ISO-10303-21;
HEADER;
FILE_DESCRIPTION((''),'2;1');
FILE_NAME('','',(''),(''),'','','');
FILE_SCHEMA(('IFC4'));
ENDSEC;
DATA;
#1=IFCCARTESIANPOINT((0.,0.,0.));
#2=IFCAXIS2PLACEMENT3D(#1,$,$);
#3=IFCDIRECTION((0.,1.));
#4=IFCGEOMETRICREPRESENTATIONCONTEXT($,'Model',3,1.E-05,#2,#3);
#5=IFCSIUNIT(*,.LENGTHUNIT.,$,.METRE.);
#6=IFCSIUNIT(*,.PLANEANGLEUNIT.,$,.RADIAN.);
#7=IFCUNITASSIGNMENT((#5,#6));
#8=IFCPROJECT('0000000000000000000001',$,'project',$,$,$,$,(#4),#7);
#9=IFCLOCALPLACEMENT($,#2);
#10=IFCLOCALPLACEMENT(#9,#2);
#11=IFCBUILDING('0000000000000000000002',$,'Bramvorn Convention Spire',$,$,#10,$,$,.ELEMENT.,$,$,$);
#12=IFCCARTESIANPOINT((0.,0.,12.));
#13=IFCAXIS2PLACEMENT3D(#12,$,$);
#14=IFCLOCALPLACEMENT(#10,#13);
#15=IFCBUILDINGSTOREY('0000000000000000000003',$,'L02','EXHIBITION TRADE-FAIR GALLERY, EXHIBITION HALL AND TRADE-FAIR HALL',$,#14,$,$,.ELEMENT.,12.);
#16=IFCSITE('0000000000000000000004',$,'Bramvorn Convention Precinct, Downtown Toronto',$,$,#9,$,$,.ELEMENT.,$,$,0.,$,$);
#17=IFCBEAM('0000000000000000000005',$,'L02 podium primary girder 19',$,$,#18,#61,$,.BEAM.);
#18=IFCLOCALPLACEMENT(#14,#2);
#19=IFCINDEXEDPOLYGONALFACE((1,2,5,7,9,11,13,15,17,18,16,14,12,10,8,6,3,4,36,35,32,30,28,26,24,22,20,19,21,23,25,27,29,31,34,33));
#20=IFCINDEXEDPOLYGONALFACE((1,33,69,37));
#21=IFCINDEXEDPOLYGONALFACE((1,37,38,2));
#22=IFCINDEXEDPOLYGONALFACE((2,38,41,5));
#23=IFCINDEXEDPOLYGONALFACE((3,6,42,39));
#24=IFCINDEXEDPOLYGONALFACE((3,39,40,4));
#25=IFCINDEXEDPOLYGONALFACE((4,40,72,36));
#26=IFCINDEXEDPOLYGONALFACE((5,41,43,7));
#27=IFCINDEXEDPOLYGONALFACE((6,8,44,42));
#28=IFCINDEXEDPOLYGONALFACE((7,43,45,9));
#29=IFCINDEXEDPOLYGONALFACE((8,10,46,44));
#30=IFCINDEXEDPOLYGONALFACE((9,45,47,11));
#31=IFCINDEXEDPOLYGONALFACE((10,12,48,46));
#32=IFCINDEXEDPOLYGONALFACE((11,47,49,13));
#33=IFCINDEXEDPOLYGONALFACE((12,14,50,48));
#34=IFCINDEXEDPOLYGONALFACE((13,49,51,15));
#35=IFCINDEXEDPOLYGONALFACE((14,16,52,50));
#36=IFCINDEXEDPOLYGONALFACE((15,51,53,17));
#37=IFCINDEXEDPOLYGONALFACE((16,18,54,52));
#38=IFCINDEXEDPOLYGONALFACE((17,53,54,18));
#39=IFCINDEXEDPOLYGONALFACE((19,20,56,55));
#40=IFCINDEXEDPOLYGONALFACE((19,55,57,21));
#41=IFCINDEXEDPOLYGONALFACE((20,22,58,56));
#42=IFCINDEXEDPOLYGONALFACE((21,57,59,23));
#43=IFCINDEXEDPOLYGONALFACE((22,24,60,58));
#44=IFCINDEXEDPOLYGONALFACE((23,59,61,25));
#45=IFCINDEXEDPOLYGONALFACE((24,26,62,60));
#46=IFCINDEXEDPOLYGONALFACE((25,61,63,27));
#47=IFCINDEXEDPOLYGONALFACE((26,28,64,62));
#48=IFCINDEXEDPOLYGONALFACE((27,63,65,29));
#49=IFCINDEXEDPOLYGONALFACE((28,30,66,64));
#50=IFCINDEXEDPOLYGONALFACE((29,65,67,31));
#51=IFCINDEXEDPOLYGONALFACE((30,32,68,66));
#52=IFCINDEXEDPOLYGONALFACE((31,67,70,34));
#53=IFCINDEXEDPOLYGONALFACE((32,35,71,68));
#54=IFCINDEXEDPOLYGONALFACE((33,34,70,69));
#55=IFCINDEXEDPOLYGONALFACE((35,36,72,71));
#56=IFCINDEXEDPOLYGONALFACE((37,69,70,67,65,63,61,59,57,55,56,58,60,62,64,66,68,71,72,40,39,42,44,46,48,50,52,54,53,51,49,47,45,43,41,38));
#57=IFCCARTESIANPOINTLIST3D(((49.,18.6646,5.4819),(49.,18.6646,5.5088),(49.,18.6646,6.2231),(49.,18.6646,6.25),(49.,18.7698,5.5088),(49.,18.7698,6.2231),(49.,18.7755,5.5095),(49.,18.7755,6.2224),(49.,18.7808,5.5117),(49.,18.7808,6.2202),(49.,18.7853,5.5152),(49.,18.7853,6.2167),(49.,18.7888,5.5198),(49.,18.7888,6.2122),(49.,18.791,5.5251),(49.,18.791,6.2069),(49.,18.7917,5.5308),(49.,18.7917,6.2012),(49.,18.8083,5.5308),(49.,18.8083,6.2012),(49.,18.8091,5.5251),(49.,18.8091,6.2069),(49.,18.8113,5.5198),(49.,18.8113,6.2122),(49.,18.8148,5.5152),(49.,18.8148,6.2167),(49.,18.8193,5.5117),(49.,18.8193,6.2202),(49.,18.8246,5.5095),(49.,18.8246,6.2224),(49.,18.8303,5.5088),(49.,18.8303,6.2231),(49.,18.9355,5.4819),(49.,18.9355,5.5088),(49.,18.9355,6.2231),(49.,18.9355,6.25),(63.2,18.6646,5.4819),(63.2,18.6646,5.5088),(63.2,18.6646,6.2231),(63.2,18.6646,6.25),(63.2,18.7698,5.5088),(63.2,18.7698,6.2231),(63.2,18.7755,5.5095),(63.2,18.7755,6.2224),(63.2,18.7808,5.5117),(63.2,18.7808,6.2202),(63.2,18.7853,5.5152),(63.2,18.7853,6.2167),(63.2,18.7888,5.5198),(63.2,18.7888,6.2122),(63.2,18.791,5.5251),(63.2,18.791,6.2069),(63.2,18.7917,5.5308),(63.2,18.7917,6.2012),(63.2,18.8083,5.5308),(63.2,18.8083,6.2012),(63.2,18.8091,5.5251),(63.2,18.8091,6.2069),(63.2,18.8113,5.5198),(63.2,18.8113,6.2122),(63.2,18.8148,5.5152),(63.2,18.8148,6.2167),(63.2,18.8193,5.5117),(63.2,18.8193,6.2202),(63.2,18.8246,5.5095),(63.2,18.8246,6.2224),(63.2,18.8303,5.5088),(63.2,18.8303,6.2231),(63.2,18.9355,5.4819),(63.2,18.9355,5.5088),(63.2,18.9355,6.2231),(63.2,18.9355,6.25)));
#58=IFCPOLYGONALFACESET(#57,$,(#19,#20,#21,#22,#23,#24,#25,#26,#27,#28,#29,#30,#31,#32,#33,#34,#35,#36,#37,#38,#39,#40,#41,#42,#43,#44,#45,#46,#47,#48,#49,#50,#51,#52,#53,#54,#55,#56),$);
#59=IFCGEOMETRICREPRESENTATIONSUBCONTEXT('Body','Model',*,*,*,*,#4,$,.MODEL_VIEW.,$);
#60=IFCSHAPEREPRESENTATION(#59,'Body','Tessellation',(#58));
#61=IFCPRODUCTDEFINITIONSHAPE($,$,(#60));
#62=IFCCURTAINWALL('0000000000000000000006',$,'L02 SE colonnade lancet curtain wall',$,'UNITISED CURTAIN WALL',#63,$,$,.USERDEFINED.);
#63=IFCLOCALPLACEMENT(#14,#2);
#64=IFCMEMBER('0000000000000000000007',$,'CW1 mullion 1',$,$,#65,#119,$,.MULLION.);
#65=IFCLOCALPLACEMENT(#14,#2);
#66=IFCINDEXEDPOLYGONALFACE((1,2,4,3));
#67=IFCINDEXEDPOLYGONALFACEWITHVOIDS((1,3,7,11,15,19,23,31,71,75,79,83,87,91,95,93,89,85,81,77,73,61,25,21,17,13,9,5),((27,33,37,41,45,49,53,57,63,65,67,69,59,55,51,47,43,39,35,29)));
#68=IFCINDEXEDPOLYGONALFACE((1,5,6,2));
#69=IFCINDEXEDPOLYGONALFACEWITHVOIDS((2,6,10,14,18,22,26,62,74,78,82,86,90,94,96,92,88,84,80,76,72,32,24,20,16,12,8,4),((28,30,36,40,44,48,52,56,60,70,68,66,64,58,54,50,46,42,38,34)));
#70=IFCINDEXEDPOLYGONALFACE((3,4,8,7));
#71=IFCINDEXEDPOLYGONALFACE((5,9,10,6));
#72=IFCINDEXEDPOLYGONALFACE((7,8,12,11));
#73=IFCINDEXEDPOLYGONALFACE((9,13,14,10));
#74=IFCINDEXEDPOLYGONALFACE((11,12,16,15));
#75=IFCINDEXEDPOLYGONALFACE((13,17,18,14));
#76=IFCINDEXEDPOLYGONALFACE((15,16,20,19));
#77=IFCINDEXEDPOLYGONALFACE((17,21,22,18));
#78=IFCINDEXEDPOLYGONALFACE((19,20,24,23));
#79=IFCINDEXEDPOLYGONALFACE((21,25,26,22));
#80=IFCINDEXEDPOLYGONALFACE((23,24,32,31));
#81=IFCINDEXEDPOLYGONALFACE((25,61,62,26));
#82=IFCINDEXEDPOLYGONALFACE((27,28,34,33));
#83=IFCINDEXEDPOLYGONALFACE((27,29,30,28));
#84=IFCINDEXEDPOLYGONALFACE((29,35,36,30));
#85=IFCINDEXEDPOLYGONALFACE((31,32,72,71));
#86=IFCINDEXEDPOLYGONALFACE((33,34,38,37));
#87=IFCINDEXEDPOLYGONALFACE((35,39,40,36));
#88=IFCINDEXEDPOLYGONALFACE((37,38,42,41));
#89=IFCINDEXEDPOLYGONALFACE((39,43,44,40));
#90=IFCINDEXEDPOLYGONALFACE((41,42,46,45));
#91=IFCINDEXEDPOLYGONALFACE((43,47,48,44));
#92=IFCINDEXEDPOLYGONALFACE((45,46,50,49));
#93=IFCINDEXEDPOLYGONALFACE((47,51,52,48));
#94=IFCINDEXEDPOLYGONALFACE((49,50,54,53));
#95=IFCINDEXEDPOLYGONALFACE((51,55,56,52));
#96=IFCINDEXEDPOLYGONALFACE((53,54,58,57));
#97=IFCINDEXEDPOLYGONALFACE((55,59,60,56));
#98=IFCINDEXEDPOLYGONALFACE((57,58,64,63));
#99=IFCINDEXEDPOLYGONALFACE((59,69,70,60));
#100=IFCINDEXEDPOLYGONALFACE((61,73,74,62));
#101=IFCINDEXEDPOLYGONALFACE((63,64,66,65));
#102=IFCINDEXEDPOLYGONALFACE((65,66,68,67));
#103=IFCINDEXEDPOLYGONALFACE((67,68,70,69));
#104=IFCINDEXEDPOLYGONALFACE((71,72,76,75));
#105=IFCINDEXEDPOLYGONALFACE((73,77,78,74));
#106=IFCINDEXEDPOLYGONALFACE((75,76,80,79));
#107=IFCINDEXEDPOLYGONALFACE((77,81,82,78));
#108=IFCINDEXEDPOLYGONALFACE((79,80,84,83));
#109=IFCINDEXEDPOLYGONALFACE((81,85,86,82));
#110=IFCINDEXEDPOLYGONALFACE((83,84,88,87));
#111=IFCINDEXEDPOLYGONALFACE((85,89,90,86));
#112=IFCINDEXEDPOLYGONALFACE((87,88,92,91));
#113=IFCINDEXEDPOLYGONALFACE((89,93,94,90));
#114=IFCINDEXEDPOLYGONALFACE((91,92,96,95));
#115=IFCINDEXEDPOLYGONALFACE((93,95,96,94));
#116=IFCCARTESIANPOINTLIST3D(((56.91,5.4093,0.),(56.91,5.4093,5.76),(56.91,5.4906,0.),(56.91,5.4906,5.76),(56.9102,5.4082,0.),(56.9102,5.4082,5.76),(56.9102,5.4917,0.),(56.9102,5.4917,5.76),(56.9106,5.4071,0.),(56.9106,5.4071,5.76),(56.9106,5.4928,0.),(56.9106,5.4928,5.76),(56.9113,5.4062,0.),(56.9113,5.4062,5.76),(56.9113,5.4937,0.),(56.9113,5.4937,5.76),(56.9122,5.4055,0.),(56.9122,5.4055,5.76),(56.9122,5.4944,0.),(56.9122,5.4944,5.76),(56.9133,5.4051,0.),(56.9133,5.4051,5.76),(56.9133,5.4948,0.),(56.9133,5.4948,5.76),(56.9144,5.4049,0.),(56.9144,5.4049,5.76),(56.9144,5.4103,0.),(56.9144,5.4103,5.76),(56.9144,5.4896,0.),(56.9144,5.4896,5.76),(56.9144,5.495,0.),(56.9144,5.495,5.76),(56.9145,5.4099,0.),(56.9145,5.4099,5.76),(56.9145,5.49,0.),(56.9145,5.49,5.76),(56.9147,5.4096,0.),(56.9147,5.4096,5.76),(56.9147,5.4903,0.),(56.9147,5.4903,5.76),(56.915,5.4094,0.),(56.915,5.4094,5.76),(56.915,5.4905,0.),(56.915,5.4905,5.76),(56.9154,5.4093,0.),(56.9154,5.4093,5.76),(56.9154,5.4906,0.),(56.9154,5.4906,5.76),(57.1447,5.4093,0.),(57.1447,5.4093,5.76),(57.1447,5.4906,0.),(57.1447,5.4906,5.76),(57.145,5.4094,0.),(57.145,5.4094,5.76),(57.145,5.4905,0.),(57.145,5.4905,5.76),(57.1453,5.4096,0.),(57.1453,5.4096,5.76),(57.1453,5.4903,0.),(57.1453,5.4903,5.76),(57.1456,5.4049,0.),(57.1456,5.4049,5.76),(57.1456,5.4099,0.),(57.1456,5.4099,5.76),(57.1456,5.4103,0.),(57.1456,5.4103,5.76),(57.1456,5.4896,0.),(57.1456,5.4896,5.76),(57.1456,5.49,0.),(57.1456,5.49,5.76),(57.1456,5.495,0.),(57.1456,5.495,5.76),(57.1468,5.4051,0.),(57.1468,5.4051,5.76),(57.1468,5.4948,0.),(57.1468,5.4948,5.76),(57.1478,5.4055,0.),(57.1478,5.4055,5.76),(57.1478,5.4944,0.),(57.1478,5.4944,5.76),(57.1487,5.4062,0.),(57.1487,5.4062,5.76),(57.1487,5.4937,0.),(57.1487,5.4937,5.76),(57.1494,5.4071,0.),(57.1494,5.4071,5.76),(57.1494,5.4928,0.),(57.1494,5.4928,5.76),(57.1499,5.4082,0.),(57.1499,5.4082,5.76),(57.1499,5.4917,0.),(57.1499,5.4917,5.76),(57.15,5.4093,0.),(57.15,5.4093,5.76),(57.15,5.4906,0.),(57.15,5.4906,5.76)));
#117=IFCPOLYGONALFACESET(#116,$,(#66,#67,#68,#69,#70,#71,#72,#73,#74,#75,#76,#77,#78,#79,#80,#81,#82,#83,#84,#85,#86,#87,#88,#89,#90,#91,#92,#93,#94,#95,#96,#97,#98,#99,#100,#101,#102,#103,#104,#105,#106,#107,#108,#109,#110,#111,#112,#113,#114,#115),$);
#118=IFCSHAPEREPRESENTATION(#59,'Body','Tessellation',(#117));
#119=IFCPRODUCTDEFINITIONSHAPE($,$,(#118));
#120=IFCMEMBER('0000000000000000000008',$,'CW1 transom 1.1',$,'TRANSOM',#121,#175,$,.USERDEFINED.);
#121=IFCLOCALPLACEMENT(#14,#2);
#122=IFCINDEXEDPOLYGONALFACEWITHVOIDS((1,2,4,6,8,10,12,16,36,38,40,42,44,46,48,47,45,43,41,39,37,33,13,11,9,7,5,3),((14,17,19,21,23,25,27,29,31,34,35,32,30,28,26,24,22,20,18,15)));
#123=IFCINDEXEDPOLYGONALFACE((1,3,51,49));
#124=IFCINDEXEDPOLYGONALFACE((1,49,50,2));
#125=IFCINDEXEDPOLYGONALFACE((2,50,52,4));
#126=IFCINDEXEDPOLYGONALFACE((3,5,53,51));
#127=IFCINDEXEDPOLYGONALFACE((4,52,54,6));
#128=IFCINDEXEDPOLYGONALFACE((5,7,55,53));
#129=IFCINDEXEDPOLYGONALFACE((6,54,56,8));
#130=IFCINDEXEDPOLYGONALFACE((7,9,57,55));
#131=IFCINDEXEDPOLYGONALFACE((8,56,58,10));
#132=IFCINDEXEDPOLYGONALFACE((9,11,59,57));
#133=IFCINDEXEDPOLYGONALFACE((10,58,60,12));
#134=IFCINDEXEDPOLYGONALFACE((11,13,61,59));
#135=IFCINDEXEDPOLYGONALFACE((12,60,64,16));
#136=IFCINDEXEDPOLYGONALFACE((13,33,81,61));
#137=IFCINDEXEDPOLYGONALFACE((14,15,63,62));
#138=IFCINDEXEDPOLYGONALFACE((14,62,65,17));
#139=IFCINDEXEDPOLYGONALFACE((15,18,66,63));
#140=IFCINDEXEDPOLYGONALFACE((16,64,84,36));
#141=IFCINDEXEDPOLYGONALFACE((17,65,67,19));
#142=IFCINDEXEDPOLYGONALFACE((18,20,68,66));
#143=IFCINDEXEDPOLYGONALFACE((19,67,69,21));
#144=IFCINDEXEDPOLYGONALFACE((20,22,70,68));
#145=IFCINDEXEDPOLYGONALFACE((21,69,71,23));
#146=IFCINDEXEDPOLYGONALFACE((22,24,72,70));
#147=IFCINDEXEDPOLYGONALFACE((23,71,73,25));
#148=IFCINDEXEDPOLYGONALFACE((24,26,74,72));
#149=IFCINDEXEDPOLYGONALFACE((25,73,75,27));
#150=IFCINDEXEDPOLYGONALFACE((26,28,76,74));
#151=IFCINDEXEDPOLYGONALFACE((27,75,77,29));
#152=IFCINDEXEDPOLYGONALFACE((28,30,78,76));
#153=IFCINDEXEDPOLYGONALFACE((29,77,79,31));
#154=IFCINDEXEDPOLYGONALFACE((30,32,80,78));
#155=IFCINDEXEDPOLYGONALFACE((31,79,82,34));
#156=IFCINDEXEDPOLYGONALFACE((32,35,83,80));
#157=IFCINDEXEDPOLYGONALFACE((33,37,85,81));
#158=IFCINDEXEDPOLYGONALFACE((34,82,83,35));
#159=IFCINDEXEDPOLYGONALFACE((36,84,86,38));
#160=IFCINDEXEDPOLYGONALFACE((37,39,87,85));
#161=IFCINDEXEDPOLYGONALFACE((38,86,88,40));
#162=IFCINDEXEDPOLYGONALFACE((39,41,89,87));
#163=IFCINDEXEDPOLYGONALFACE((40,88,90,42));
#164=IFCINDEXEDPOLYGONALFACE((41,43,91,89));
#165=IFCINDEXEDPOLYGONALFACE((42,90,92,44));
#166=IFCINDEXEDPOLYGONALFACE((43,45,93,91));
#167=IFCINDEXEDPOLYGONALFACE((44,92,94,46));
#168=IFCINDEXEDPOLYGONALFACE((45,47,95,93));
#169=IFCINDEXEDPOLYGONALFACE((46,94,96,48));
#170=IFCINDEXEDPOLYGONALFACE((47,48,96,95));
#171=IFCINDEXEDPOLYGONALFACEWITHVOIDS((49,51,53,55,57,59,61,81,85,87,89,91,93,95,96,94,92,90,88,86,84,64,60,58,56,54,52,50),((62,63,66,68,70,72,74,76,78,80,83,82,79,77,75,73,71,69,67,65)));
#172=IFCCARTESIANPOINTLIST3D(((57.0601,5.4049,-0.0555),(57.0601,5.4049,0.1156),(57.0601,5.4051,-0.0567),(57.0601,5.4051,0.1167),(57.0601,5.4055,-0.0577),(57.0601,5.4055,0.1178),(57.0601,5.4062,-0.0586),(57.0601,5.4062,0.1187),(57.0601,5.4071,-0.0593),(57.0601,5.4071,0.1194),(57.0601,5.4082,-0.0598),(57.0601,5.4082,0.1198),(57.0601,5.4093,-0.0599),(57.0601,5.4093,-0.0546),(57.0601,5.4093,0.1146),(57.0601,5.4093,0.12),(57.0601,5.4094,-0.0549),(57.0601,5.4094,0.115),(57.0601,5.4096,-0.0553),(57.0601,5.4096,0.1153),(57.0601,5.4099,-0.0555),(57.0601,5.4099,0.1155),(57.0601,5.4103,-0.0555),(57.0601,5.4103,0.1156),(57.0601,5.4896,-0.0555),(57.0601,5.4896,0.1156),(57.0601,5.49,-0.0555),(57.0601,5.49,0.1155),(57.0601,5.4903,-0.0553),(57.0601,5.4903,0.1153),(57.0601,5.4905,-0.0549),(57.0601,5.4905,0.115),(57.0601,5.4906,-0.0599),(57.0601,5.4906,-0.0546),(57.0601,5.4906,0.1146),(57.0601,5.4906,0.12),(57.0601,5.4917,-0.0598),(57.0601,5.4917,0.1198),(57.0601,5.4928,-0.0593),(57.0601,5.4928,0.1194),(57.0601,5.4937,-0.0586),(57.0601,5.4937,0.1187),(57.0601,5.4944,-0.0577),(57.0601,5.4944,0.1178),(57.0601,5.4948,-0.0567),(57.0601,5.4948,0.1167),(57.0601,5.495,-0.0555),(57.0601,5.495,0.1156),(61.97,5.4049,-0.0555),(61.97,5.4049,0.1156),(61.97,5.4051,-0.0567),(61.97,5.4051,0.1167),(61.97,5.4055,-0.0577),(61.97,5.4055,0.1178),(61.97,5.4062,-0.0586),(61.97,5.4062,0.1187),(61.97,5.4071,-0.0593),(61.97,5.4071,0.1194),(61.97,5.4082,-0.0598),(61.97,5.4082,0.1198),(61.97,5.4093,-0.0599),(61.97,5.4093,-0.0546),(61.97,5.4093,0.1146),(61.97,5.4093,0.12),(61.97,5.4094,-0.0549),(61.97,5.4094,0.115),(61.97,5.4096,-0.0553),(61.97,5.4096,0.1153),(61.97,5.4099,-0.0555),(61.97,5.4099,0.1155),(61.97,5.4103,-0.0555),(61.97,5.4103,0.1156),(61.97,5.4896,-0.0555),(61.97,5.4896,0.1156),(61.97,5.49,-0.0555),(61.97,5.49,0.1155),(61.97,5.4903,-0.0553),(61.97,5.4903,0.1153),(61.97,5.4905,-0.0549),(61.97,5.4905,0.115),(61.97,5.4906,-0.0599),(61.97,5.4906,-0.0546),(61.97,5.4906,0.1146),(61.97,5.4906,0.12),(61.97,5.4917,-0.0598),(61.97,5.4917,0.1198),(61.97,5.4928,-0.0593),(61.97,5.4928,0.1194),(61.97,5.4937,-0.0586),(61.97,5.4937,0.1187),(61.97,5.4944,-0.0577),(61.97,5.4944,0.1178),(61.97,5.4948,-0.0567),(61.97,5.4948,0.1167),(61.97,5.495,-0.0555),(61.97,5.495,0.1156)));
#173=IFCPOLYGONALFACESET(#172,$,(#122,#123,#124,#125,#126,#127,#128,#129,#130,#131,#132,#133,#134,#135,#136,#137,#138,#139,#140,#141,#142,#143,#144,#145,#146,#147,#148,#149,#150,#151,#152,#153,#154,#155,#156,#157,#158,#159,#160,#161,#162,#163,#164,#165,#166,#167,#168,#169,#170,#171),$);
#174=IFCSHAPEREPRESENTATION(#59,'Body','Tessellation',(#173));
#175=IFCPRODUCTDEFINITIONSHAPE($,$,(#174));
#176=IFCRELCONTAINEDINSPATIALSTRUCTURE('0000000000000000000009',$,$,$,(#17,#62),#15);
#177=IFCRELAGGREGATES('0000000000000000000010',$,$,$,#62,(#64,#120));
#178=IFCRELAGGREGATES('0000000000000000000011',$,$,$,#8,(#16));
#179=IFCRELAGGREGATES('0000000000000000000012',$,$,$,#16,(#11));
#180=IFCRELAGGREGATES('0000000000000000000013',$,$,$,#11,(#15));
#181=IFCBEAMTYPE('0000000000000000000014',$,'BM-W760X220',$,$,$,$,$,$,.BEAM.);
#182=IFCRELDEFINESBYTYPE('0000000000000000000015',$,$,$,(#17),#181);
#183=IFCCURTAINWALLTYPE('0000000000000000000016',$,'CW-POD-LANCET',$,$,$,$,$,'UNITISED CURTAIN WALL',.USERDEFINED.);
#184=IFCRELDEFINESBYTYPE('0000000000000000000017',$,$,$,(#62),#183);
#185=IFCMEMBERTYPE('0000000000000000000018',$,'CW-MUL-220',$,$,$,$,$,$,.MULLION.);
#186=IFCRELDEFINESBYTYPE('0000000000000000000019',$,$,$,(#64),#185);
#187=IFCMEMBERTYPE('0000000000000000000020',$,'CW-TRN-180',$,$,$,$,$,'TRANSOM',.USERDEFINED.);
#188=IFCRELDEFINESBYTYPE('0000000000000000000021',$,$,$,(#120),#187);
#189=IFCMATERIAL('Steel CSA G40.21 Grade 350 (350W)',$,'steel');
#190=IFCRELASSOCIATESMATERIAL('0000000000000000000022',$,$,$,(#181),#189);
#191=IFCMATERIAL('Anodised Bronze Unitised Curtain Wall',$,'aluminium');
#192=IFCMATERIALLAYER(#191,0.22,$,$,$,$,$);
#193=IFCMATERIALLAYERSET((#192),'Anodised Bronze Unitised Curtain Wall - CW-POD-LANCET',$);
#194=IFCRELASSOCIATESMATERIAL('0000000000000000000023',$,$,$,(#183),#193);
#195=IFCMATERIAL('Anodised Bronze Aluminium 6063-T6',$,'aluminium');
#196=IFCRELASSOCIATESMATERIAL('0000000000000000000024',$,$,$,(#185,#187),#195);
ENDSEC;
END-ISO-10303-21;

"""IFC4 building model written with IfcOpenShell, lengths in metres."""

from ifc_helpers import new_model, si_unit, direction, frame, origin, origin_2d, place, context, subcontext, project, spatial, hollow_rectangle, i_section, extrude, material, layer, layer_set, material_profile, profile_set, type_object, element, aggregate, save


model = new_model("IFC4")

# Units and contexts
model_context = context("Model", 3, precision=1e-05, world=origin(), true_north=direction((0.0, 1.0)))
body_context = subcontext(model_context, "Body", "Model", "MODEL_VIEW")
ifc_project = project(units=[si_unit("LENGTHUNIT", "METRE"), si_unit("PLANEANGLEUNIT", "RADIAN")], contexts=[model_context])

# Site, building, storey
site_placement = place(None, origin())
site = spatial("IfcSite", under=ifc_project, at=site_placement, Name="Bramvorn Convention Precinct, Downtown Toronto", CompositionType="ELEMENT", RefElevation=0.0)
building_placement = place(site_placement, origin())
building = spatial("IfcBuilding", under=site, at=building_placement, Name="Bramvorn Convention Spire", CompositionType="ELEMENT")
storey_placement = place(building_placement, frame((0.0, 0.0, 12.0)))
storey = spatial("IfcBuildingStorey", under=building, at=storey_placement, Name="L02", Description="EXHIBITION TRADE-FAIR GALLERY, EXHIBITION HALL AND TRADE-FAIR HALL", CompositionType="ELEMENT", Elevation=12.0)

# Shared definitions
ifc_material_1 = material(Name="Steel CSA G40.21 Grade 350 (350W)", Category="steel")

# Beam
ifc_material_profile_1 = material_profile(ifc_material_1, i_section(OverallWidth=0.271, OverallDepth=0.7681, WebThickness=0.0166, FlangeThickness=0.0269, FilletRadius=0.022, at=origin_2d()))
ifc_profile_set_1 = profile_set([ifc_material_profile_1], Name="Steel CSA G40.21 Grade 350 (350W) - W760X220")
beam_type_1 = type_object("IfcBeamType", Name="BM-W760X220", PredefinedType="BEAM", material=ifc_profile_set_1)
for number, where, z_axis, x_axis, name in (
    (1, (49.0, 18.8, 5.866), (1.0, 0.0, 0.0), (0.0, 1.0, 0.0), "L02 podium primary girder 19"),
):
    element("IfcBeam", number, at=place(storey_placement, frame(where, z_axis=z_axis, x_axis=x_axis)), inside=storey, type_object=beam_type_1, Name=name, PredefinedType="BEAM", context=body_context, shape_type="SweptSolid", body=[
        extrude(i_section(OverallWidth=0.271, OverallDepth=0.7681, WebThickness=0.0166, FlangeThickness=0.0269, FilletRadius=0.022, at=origin_2d()), origin(), (0.0, 0.0, 1.0), 14.2),
    ])

# Curtain wall, members
ifc_material_2 = material(Name="Anodised Bronze Unitised Curtain Wall", Category="aluminium")
ifc_layer_1 = layer(ifc_material_2, 0.22)
ifc_layer_set_1 = layer_set([ifc_layer_1], Name="Anodised Bronze Unitised Curtain Wall - CW-POD-LANCET")
curtain_wall_type = type_object("IfcCurtainWallType", Name="CW-POD-LANCET", ElementType="UNITISED CURTAIN WALL", PredefinedType="USERDEFINED", material=ifc_layer_set_1)
curtain_wall_placement = place(storey_placement, origin())
curtain_wall = element("IfcCurtainWall", 2, at=curtain_wall_placement, inside=storey, type_object=curtain_wall_type, Name="L02 SE colonnade lancet curtain wall", ObjectType="UNITISED CURTAIN WALL", PredefinedType="USERDEFINED")
ifc_material_3 = material(Name="Anodised Bronze Aluminium 6063-T6", Category="aluminium")
ifc_material_profile_2 = material_profile(ifc_material_3, hollow_rectangle(XDim=0.0901, YDim=0.24, WallThickness=0.0044, InnerFilletRadius=0.001, OuterFilletRadius=0.0044, at=origin_2d()))
ifc_profile_set_2 = profile_set([ifc_material_profile_2], Name="Anodised Bronze Aluminium 6063-T6 - CWM90X240")
member_type_1 = type_object("IfcMemberType", Name="CW-MUL-220", PredefinedType="MULLION", material=ifc_profile_set_2)
member_1_placement = place(storey_placement, frame((57.03, 5.45, 0.0), z_axis=(0.0, 0.0, 1.0), x_axis=(0.0, 1.0, 0.0)))
member_1 = element("IfcMember", 3, at=member_1_placement, type_object=member_type_1, Name="CW1 mullion 1", PredefinedType="MULLION", context=body_context, shape_type="SweptSolid", body=[
    extrude(hollow_rectangle(XDim=0.0901, YDim=0.24, WallThickness=0.0044, InnerFilletRadius=0.001, OuterFilletRadius=0.0044, at=origin_2d()), origin(), (0.0, 0.0, 1.0), 5.76),
])
ifc_material_profile_3 = material_profile(ifc_material_3, hollow_rectangle(XDim=0.0901, YDim=0.1799, WallThickness=0.0044, InnerFilletRadius=0.001, OuterFilletRadius=0.0044, at=origin_2d()))
ifc_profile_set_3 = profile_set([ifc_material_profile_3], Name="Anodised Bronze Aluminium 6063-T6 - CWT90X180")
member_type_2 = type_object("IfcMemberType", Name="CW-TRN-180", ElementType="TRANSOM", PredefinedType="USERDEFINED", material=ifc_profile_set_3)
member_2_placement = place(storey_placement, frame((57.0601, 5.45, 0.03), z_axis=(1.0, 0.0, 0.0), x_axis=(0.0, 1.0, 0.0)))
member_2 = element("IfcMember", 4, at=member_2_placement, type_object=member_type_2, Name="CW1 transom 1.1", ObjectType="TRANSOM", PredefinedType="USERDEFINED", context=body_context, shape_type="SweptSolid", body=[
    extrude(hollow_rectangle(XDim=0.0901, YDim=0.1799, WallThickness=0.0044, InnerFilletRadius=0.001, OuterFilletRadius=0.0044, at=origin_2d()), origin(), (0.0, 0.0, 1.0), 4.9099),
])
aggregate(curtain_wall, [member_1, member_2])

save(model, "model.ifc")
